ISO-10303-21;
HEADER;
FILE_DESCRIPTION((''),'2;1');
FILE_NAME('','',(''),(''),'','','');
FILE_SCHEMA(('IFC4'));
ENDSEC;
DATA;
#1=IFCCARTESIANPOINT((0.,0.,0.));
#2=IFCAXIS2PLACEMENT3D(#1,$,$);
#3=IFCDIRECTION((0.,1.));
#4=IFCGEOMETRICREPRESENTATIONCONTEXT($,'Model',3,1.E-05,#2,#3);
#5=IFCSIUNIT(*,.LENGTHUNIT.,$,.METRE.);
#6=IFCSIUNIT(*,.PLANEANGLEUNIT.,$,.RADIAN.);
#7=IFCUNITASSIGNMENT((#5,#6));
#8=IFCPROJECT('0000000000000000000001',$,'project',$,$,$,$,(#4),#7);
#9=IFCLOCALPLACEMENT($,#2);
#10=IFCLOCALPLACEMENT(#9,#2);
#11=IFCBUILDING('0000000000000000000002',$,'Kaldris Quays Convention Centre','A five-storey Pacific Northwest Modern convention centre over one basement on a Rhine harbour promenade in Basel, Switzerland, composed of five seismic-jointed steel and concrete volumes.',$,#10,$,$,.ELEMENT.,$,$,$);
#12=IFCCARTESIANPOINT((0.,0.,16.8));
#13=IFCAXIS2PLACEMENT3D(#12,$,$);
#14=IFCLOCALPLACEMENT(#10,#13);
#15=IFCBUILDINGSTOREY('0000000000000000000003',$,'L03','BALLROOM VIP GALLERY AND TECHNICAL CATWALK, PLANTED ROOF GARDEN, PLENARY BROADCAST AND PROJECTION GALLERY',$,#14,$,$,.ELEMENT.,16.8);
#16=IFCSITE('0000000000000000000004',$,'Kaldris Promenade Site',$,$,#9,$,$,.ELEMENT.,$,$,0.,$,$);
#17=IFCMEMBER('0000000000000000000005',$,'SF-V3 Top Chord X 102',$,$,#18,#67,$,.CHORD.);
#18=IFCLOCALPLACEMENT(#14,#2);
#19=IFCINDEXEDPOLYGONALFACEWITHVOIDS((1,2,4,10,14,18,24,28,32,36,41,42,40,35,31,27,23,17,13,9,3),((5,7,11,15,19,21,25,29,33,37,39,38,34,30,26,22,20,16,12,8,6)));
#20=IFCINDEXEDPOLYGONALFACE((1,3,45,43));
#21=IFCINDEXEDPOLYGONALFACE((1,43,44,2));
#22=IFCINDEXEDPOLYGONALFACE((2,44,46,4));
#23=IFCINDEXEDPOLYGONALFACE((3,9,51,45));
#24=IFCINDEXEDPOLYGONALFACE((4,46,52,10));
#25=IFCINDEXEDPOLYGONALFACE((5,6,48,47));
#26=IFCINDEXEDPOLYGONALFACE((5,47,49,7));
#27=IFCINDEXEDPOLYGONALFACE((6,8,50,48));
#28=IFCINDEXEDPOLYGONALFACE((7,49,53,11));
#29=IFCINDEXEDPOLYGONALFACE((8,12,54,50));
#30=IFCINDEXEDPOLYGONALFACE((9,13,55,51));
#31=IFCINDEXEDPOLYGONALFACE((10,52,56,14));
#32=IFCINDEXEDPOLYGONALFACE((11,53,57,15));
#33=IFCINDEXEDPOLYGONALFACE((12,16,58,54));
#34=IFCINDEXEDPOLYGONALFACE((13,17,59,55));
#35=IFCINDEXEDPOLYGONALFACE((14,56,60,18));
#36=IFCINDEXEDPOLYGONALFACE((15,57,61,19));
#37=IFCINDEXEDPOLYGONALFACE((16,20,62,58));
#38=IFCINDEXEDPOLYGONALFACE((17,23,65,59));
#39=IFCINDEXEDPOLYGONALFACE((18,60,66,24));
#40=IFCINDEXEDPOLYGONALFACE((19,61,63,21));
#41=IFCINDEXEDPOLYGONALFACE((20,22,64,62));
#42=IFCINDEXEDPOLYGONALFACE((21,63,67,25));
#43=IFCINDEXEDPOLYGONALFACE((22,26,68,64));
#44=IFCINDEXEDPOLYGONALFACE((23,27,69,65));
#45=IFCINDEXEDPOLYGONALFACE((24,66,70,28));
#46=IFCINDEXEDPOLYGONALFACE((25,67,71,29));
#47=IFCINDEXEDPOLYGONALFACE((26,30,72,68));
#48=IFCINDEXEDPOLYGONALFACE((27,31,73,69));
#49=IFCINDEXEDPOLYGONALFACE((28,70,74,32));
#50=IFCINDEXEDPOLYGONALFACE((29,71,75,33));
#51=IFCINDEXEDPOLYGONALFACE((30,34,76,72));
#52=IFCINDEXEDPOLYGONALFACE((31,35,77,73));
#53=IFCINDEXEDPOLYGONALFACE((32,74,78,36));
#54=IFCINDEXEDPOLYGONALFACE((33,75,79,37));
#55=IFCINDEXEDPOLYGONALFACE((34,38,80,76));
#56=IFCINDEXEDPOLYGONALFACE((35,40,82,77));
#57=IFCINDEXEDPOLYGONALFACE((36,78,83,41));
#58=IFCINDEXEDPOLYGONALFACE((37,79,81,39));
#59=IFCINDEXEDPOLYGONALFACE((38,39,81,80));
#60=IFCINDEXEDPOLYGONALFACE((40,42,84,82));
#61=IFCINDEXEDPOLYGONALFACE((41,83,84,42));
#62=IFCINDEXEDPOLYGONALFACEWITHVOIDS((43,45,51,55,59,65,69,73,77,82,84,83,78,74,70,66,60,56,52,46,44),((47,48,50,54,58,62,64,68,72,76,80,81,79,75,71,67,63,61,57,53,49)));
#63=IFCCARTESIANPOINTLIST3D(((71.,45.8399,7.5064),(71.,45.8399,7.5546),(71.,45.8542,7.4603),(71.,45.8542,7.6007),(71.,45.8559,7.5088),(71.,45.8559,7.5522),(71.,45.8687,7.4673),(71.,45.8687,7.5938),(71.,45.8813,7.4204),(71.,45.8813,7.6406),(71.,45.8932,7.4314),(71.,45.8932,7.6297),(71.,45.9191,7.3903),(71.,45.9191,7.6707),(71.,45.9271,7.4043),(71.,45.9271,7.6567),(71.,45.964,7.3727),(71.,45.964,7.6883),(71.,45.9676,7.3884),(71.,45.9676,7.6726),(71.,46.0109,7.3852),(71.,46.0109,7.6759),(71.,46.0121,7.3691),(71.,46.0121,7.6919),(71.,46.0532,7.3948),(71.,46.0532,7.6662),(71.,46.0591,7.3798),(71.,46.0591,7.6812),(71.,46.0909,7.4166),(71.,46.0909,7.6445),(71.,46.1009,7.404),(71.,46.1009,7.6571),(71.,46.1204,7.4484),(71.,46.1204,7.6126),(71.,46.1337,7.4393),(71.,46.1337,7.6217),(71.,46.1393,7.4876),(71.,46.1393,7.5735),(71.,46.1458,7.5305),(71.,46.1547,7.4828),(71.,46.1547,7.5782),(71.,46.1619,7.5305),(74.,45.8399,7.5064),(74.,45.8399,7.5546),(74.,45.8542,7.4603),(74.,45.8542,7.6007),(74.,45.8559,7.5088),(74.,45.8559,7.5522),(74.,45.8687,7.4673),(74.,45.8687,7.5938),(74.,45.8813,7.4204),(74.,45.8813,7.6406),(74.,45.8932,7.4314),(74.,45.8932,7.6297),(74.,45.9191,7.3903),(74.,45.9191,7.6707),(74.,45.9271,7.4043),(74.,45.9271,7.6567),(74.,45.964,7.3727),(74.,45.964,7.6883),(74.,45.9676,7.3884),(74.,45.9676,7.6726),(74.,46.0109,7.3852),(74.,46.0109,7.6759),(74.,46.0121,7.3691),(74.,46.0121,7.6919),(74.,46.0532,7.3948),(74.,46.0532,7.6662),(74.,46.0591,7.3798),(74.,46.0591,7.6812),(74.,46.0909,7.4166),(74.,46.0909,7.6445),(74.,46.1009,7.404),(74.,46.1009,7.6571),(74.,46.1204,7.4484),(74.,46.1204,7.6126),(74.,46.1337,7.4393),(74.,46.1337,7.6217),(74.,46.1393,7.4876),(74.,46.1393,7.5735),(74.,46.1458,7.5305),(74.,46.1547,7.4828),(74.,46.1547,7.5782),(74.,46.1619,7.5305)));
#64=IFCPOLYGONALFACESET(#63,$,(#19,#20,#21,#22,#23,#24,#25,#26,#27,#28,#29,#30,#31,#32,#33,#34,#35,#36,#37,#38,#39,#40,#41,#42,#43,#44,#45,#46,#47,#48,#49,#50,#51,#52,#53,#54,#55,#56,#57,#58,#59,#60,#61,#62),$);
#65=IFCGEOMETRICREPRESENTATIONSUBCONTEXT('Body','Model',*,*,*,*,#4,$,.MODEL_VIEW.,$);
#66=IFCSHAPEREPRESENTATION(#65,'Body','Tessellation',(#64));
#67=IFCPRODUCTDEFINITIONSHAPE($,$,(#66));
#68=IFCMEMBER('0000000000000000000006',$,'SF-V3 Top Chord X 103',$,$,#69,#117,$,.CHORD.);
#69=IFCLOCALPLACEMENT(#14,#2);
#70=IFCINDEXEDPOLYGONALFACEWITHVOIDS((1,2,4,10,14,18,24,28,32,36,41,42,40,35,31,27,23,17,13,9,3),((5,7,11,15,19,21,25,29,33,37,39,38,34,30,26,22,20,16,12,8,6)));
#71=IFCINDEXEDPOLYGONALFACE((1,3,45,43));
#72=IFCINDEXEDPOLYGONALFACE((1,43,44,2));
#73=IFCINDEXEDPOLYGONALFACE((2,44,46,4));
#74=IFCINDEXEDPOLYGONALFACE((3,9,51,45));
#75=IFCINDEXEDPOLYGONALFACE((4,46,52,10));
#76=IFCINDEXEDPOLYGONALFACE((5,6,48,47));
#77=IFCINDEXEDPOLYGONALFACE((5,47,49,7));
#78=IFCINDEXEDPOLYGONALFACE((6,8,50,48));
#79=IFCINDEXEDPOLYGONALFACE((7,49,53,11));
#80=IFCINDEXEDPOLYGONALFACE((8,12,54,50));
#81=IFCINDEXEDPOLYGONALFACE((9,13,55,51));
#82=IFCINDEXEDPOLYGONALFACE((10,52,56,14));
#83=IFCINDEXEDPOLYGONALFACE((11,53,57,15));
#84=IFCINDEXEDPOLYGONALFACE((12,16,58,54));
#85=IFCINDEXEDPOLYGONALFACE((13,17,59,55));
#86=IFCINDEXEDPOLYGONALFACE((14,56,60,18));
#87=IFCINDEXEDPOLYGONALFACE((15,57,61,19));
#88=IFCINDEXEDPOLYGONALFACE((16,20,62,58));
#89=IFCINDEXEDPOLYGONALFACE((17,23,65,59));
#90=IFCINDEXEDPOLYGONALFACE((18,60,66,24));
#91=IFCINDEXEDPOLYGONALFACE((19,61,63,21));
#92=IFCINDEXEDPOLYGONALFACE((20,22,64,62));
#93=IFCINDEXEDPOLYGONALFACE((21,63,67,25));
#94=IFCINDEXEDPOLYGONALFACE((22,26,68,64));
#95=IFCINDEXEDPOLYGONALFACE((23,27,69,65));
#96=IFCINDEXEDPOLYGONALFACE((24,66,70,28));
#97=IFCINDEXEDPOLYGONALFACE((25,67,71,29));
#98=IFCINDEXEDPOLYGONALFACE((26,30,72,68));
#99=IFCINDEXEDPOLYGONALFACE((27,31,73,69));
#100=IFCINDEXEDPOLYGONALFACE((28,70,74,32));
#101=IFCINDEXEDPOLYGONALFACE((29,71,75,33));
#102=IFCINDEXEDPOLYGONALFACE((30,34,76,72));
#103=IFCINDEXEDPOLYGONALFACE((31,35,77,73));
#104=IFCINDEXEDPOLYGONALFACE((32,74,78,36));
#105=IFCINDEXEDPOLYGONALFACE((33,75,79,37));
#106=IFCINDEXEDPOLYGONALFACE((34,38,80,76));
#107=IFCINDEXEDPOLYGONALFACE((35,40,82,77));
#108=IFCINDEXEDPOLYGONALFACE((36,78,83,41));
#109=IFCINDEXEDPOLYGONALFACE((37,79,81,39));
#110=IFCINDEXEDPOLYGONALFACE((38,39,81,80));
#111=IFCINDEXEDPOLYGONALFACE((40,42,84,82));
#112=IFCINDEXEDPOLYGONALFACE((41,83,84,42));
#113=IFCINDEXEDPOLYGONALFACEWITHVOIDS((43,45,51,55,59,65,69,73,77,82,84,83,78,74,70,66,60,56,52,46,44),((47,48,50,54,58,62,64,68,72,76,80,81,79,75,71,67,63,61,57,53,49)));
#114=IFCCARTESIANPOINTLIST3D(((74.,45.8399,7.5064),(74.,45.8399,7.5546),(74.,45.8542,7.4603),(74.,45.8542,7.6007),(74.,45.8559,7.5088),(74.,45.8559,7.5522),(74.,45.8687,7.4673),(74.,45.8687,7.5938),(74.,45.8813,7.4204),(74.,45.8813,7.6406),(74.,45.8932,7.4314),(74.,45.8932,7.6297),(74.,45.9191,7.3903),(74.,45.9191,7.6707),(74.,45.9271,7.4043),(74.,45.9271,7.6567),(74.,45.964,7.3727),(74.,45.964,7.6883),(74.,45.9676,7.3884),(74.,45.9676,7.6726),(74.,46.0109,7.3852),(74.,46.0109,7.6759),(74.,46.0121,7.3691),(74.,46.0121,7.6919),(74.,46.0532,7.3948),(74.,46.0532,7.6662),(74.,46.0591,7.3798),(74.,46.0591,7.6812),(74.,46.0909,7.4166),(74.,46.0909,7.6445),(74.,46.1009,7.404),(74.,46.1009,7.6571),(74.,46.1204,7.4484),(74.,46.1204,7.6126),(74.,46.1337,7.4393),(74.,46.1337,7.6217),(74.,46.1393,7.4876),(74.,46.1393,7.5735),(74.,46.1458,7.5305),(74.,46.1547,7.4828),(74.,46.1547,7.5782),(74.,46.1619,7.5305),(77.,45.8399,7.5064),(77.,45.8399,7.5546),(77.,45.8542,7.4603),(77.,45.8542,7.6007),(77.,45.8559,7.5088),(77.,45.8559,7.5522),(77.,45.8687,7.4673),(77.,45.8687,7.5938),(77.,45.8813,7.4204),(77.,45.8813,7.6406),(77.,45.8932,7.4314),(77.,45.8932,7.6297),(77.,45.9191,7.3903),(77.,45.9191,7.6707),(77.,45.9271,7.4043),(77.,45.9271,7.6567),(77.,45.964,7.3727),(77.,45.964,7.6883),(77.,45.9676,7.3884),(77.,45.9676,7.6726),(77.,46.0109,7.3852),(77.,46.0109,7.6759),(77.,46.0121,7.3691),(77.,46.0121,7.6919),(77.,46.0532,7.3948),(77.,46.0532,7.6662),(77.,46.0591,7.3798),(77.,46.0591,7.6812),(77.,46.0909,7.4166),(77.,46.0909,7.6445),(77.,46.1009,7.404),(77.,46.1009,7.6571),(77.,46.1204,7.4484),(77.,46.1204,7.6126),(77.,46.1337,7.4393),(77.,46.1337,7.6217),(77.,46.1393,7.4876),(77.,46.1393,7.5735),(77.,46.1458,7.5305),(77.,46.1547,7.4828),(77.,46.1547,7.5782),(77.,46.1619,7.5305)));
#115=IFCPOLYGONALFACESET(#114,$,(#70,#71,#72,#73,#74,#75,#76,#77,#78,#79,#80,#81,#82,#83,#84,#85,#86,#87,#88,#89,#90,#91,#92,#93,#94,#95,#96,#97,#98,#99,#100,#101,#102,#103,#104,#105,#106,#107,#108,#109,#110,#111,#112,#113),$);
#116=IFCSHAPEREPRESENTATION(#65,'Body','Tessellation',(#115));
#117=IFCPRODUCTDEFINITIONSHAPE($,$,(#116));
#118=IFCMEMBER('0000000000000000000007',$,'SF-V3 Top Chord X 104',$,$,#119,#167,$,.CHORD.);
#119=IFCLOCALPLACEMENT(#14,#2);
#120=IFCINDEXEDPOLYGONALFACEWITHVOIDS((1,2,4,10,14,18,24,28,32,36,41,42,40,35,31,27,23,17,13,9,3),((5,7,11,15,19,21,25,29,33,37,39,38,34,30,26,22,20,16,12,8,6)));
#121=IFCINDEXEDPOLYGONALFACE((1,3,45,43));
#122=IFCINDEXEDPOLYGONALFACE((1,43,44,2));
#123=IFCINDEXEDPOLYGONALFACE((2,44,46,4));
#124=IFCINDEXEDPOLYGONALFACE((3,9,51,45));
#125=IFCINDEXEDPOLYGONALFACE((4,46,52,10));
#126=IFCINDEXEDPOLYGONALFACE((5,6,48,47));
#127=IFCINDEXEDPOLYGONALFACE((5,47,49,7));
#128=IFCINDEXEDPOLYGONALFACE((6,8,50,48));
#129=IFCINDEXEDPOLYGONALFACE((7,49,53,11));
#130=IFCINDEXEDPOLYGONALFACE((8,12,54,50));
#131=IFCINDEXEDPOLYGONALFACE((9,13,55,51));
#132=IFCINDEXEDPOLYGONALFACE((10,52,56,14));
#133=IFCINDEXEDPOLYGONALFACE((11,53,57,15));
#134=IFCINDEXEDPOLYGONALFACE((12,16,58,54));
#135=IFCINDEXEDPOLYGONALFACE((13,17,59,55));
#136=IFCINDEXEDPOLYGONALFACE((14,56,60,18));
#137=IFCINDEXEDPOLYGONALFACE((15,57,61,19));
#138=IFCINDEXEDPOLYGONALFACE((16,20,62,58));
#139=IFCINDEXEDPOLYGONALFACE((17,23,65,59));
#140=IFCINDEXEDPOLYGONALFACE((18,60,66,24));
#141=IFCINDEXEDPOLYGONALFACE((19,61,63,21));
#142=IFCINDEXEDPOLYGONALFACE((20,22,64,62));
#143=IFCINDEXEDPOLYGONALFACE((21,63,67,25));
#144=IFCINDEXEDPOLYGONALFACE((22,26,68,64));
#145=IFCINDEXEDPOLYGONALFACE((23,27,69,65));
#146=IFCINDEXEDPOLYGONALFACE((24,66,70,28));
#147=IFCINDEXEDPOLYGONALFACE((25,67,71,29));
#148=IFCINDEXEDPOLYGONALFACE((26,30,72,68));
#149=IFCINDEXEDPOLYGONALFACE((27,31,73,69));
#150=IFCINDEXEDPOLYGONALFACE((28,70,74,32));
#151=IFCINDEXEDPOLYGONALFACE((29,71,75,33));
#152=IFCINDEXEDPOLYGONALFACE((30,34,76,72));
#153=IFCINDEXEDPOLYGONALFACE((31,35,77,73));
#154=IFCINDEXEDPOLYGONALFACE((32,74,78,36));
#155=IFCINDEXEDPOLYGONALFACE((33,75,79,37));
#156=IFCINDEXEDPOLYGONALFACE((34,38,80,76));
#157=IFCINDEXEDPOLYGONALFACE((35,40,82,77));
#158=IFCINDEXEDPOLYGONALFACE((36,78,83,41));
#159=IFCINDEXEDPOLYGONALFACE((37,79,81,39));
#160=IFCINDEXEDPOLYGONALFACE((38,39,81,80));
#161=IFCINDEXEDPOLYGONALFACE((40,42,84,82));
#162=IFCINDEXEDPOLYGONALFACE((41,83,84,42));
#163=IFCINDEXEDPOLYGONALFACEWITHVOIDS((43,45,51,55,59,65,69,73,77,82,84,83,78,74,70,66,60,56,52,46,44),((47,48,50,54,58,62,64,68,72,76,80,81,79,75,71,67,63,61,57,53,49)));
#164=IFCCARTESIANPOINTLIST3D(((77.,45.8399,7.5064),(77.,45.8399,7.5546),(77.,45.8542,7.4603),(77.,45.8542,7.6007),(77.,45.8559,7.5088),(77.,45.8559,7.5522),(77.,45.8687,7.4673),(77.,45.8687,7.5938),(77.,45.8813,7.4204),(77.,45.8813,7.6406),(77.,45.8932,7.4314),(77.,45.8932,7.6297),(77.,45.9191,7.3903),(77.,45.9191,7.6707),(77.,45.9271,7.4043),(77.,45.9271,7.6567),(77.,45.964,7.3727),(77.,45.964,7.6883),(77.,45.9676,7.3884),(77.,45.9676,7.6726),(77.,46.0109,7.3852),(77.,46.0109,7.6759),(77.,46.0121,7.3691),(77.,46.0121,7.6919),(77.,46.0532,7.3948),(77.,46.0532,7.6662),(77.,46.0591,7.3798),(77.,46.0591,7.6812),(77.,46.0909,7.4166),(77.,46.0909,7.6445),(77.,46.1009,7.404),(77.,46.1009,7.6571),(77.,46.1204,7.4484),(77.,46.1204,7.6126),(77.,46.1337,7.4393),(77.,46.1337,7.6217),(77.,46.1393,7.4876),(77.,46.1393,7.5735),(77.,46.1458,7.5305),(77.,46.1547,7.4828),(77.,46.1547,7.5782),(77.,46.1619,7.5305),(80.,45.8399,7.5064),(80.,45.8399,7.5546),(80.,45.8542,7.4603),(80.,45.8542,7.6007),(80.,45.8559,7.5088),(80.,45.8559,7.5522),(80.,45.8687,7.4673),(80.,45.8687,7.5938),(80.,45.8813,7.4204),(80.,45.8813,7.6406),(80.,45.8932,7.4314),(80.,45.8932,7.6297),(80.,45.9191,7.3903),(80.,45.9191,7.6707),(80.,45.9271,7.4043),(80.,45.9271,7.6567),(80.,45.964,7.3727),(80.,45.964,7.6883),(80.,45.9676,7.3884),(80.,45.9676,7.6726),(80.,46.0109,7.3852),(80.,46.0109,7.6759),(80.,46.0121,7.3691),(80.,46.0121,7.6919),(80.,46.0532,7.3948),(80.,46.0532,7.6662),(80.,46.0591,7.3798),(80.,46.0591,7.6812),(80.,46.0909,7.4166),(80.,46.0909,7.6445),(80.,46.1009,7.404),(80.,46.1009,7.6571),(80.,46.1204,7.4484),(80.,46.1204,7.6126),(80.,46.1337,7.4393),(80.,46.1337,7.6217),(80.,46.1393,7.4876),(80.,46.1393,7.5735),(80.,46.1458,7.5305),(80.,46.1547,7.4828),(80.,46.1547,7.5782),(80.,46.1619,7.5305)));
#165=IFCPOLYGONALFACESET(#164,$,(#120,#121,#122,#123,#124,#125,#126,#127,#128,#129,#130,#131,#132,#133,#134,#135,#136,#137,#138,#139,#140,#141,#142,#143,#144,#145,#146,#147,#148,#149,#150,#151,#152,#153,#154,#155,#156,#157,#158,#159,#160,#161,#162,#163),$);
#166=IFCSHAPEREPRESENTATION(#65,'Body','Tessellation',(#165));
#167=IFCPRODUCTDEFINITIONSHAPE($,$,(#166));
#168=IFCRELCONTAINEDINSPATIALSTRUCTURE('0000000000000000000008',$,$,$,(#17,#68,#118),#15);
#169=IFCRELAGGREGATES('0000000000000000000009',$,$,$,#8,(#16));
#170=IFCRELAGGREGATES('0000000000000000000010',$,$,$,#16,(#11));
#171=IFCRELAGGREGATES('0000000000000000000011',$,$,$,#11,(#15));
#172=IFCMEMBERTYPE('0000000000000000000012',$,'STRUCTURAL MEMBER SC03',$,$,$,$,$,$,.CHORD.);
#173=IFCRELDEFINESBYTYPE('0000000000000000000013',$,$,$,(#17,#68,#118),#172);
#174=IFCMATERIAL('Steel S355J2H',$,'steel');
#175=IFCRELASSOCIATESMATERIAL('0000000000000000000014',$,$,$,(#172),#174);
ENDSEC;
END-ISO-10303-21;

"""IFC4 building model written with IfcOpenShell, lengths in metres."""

from ifc_helpers import new_model, si_unit, direction, frame, origin, origin_2d, place, context, subcontext, project, spatial, hollow_circle, extrude, material, material_profile, profile_set, type_object, element, save


model = new_model("IFC4")

# Units and contexts
model_context = context("Model", 3, precision=1e-05, world=origin(), true_north=direction((0.0, 1.0)))
body_context = subcontext(model_context, "Body", "Model", "MODEL_VIEW")
ifc_project = project(units=[si_unit("LENGTHUNIT", "METRE"), si_unit("PLANEANGLEUNIT", "RADIAN")], contexts=[model_context])

# Site, building, storey
site_placement = place(None, origin())
site = spatial("IfcSite", under=ifc_project, at=site_placement, Name="Kaldris Promenade Site", CompositionType="ELEMENT", RefElevation=0.0)
building_placement = place(site_placement, origin())
building = spatial("IfcBuilding", under=site, at=building_placement, Name="Kaldris Quays Convention Centre", Description="A five-storey Pacific Northwest Modern convention centre over one basement on a Rhine harbour promenade in Basel, Switzerland, composed of five seismic-jointed steel and concrete volumes.", CompositionType="ELEMENT")
storey_placement = place(building_placement, frame((0.0, 0.0, 16.8)))
storey = spatial("IfcBuildingStorey", under=building, at=storey_placement, Name="L03", Description="BALLROOM VIP GALLERY AND TECHNICAL CATWALK, PLANTED ROOF GARDEN, PLENARY BROADCAST AND PROJECTION GALLERY", CompositionType="ELEMENT", Elevation=16.8)

# Members
ifc_material_1 = material(Name="Steel S355J2H", Category="steel")
ifc_material_profile_1 = material_profile(ifc_material_1, hollow_circle(Radius=0.1619, WallThickness=0.0161, at=origin_2d()), Name="CHS 323.9x16")
ifc_profile_set_1 = profile_set([ifc_material_profile_1], Name="Steel S355J2H")
member_type_1 = type_object("IfcMemberType", Name="STRUCTURAL MEMBER SC03", PredefinedType="CHORD", material=ifc_profile_set_1)
for number, where, z_axis, x_axis, name in (
    (1, (71.0, 46.0, 7.5305), (1.0, 0.0, 0.0), (0.0, 1.0, 0.0), "SF-V3 Top Chord X 102"),
    (2, (74.0, 46.0, 7.5305), (1.0, 0.0, 0.0), (0.0, 1.0, 0.0), "SF-V3 Top Chord X 103"),
    (3, (77.0, 46.0, 7.5305), (1.0, 0.0, 0.0), (0.0, 1.0, 0.0), "SF-V3 Top Chord X 104"),
):
    element("IfcMember", number, at=place(storey_placement, frame(where, z_axis=z_axis, x_axis=x_axis)), inside=storey, type_object=member_type_1, Name=name, PredefinedType="CHORD", context=body_context, shape_type="SweptSolid", body=[
        extrude(hollow_circle(Radius=0.1619, WallThickness=0.0161, at=origin_2d()), origin(), (0.0, 0.0, 1.0), 3.0),
    ])

save(model, "model.ifc")
